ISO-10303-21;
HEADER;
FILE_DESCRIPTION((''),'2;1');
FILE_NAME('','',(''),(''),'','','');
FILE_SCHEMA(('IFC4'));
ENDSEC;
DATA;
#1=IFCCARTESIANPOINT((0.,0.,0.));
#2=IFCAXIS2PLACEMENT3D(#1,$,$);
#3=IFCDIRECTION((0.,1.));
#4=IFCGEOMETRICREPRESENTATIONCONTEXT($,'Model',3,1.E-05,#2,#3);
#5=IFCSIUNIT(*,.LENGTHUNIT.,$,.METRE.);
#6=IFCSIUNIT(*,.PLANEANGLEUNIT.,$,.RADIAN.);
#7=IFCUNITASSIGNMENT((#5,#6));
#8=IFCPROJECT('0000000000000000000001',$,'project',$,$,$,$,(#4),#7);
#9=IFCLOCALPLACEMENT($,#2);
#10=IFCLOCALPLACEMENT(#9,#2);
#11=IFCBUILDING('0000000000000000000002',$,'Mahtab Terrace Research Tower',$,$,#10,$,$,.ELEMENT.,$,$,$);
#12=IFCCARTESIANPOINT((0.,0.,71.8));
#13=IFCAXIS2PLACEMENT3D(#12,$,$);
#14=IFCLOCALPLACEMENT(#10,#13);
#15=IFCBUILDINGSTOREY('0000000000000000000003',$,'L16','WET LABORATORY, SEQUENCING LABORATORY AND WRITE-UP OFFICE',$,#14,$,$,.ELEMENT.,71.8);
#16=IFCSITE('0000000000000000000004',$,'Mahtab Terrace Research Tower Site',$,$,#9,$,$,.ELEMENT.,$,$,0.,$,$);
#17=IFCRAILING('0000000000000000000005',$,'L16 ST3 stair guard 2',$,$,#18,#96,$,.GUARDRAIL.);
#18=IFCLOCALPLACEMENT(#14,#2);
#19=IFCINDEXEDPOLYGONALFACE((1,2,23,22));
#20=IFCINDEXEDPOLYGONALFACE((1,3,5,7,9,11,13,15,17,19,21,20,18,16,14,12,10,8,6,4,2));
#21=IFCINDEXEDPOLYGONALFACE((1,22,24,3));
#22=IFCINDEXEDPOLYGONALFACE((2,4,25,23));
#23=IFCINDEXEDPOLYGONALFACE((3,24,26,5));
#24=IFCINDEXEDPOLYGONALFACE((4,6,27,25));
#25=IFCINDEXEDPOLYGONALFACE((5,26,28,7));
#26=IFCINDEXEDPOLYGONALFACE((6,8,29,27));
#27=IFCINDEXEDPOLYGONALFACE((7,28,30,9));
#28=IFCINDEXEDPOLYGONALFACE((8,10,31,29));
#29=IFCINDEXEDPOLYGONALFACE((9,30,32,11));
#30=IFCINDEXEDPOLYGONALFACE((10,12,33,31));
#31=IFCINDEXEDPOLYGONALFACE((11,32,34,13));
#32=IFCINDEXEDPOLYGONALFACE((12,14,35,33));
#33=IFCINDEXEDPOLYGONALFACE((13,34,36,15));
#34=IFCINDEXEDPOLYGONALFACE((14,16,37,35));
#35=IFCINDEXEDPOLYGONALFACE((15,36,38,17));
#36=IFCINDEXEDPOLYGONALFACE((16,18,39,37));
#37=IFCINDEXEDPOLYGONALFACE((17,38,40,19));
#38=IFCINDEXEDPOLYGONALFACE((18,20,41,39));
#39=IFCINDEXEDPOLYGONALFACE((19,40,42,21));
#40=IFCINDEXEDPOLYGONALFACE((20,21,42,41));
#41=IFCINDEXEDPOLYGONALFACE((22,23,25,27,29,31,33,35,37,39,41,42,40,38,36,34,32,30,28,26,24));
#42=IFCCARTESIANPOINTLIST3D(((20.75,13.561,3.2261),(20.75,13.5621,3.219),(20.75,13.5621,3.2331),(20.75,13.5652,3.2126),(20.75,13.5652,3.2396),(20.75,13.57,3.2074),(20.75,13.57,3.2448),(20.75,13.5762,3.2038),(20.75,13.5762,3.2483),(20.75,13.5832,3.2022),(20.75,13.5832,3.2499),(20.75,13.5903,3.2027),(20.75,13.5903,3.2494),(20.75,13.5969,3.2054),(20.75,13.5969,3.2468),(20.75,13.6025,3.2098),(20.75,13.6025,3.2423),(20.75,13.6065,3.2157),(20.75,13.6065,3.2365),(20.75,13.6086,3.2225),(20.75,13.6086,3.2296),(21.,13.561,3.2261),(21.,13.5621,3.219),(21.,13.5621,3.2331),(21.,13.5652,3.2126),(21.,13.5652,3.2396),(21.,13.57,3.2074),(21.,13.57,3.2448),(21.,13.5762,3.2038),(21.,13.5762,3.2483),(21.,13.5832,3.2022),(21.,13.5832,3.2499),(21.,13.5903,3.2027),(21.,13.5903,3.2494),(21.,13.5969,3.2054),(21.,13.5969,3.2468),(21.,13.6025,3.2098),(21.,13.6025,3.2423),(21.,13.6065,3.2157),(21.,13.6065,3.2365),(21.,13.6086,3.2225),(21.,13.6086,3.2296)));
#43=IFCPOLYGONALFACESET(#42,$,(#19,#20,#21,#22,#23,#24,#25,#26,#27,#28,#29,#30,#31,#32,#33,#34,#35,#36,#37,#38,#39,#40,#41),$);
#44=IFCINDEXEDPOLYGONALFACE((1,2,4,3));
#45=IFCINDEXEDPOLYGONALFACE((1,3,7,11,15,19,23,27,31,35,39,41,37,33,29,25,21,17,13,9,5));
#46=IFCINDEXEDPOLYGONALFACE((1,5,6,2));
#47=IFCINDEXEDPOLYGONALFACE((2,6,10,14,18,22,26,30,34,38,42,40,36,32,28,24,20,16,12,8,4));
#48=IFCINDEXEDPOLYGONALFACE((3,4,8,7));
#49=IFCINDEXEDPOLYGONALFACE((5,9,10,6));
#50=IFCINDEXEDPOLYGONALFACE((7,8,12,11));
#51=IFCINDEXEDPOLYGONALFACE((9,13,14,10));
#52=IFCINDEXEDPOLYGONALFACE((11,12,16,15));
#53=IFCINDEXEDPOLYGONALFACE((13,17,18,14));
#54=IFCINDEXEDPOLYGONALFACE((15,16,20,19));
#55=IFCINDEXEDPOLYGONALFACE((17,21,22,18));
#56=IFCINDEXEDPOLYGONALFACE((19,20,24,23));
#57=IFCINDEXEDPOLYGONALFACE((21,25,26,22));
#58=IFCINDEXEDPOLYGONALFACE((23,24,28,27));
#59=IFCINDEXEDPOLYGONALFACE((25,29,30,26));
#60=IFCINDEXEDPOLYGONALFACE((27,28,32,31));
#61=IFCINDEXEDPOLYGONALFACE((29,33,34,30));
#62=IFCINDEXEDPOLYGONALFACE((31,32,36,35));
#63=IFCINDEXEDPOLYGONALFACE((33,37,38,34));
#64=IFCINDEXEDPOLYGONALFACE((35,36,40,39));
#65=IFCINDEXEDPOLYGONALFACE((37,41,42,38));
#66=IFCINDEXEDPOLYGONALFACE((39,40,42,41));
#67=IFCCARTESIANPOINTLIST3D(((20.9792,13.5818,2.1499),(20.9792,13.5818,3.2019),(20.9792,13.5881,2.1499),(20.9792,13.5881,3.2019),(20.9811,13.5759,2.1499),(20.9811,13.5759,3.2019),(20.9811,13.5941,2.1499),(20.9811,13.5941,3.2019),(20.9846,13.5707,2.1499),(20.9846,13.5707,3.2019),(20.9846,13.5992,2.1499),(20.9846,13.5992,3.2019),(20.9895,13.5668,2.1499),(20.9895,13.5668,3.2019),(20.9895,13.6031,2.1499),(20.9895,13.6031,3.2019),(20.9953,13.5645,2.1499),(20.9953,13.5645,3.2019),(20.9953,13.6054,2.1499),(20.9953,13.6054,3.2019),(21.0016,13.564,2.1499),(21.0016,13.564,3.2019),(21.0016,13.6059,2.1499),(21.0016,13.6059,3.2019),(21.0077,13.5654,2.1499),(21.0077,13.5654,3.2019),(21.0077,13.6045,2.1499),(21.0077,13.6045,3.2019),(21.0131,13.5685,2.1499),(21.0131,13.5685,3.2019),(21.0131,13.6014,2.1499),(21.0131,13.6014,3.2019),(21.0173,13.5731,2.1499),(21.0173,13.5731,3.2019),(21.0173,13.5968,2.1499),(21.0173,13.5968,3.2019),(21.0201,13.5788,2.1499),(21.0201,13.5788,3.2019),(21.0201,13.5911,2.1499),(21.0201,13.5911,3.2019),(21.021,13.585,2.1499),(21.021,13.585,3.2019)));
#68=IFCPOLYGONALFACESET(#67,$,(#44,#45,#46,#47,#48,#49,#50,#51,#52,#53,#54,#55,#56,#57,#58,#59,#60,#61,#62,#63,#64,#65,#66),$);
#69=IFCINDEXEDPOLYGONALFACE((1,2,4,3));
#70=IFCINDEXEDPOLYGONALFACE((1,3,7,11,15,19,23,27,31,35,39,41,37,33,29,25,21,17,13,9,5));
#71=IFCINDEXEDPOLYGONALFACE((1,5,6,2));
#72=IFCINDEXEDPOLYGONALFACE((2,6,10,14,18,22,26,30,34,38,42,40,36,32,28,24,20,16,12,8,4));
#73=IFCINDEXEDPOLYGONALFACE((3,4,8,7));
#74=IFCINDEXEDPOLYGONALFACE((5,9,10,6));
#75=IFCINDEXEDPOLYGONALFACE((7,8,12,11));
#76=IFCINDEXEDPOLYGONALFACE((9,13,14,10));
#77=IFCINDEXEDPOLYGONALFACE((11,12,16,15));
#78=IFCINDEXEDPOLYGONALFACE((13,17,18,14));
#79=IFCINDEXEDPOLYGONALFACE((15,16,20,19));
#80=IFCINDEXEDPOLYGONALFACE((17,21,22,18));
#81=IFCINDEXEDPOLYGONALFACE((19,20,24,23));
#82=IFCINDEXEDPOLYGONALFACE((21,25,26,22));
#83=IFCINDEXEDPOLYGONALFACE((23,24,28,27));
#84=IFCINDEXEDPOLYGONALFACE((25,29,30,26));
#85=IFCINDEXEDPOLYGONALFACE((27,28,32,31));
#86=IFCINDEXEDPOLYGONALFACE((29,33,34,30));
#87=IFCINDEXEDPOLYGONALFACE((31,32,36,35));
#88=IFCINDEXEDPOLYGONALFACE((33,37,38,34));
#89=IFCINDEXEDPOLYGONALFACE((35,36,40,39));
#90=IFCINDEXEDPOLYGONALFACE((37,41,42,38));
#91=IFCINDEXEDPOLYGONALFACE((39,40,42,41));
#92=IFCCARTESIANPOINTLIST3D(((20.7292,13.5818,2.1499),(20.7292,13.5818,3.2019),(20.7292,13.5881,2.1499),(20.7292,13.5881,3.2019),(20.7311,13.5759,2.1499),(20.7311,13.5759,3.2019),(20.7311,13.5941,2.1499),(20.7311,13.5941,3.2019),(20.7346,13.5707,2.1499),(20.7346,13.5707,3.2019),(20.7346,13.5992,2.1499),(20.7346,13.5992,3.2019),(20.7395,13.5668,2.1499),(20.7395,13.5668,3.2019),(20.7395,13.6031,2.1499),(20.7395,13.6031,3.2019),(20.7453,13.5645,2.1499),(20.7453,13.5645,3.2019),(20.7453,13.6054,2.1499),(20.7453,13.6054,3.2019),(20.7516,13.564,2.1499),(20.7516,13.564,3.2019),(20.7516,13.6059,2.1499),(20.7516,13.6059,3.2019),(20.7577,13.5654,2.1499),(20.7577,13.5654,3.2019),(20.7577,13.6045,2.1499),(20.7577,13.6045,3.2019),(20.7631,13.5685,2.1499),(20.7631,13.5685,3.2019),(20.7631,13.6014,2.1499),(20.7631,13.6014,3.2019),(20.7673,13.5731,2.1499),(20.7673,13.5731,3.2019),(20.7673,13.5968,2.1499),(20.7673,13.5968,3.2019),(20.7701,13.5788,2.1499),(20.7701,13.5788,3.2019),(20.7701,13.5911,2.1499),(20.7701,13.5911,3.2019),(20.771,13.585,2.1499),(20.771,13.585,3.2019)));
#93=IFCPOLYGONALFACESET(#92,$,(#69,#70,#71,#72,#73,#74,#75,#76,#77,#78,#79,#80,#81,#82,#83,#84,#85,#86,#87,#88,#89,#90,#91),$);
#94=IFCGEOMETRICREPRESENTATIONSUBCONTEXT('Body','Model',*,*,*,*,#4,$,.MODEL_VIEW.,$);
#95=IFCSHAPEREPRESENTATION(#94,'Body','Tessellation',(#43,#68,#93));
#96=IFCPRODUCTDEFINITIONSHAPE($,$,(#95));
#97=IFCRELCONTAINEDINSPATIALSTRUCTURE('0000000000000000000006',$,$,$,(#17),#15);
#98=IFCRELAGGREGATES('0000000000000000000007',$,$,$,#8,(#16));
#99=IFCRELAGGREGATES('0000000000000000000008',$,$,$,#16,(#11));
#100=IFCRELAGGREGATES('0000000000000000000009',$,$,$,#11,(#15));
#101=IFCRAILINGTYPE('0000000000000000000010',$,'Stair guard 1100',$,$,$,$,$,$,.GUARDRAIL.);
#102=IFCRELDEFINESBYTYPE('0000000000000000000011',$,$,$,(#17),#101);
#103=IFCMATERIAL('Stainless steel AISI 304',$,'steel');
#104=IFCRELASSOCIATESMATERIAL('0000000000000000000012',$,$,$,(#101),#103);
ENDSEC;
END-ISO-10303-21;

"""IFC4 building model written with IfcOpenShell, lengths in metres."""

from ifc_helpers import new_model, si_unit, direction, frame, origin, origin_2d, place, context, subcontext, project, spatial, circle, extrude, material, type_object, element, save


model = new_model("IFC4")

# Units and contexts
model_context = context("Model", 3, precision=1e-05, world=origin(), true_north=direction((0.0, 1.0)))
body_context = subcontext(model_context, "Body", "Model", "MODEL_VIEW")
ifc_project = project(units=[si_unit("LENGTHUNIT", "METRE"), si_unit("PLANEANGLEUNIT", "RADIAN")], contexts=[model_context])

# Site, building, storey
site_placement = place(None, origin())
site = spatial("IfcSite", under=ifc_project, at=site_placement, Name="Mahtab Terrace Research Tower Site", CompositionType="ELEMENT", RefElevation=0.0)
building_placement = place(site_placement, origin())
building = spatial("IfcBuilding", under=site, at=building_placement, Name="Mahtab Terrace Research Tower", CompositionType="ELEMENT")
storey_placement = place(building_placement, frame((0.0, 0.0, 71.8)))
storey = spatial("IfcBuildingStorey", under=building, at=storey_placement, Name="L16", Description="WET LABORATORY, SEQUENCING LABORATORY AND WRITE-UP OFFICE", CompositionType="ELEMENT", Elevation=71.8)

# Railing
ifc_material_1 = material(Name="Stainless steel AISI 304", Category="steel")
railing_type_1 = type_object("IfcRailingType", Name="Stair guard 1100", PredefinedType="GUARDRAIL", material=ifc_material_1)
railing_1_placement = place(storey_placement, frame((21.0, 13.585, 2.1499)))
element("IfcRailing", 1, at=railing_1_placement, inside=storey, type_object=railing_type_1, Name="L16 ST3 stair guard 2", PredefinedType="GUARDRAIL", context=body_context, shape_type="SweptSolid", body=[
    extrude(circle(Radius=0.0239, at=origin_2d()), frame((0.0, 0.0, 1.0762), z_axis=(-1.0, 0.0, 0.0), x_axis=(0.0, -1.0, 0.0)), (0.0, 0.0, 1.0), 0.25),
    extrude(circle(Radius=0.021, at=origin_2d()), origin(), (0.0, 0.0, 1.0), 1.052),
    extrude(circle(Radius=0.021, at=origin_2d()), frame((-0.25, 0.0, 0.0)), (0.0, 0.0, 1.0), 1.052),
])

save(model, "model.ifc")
